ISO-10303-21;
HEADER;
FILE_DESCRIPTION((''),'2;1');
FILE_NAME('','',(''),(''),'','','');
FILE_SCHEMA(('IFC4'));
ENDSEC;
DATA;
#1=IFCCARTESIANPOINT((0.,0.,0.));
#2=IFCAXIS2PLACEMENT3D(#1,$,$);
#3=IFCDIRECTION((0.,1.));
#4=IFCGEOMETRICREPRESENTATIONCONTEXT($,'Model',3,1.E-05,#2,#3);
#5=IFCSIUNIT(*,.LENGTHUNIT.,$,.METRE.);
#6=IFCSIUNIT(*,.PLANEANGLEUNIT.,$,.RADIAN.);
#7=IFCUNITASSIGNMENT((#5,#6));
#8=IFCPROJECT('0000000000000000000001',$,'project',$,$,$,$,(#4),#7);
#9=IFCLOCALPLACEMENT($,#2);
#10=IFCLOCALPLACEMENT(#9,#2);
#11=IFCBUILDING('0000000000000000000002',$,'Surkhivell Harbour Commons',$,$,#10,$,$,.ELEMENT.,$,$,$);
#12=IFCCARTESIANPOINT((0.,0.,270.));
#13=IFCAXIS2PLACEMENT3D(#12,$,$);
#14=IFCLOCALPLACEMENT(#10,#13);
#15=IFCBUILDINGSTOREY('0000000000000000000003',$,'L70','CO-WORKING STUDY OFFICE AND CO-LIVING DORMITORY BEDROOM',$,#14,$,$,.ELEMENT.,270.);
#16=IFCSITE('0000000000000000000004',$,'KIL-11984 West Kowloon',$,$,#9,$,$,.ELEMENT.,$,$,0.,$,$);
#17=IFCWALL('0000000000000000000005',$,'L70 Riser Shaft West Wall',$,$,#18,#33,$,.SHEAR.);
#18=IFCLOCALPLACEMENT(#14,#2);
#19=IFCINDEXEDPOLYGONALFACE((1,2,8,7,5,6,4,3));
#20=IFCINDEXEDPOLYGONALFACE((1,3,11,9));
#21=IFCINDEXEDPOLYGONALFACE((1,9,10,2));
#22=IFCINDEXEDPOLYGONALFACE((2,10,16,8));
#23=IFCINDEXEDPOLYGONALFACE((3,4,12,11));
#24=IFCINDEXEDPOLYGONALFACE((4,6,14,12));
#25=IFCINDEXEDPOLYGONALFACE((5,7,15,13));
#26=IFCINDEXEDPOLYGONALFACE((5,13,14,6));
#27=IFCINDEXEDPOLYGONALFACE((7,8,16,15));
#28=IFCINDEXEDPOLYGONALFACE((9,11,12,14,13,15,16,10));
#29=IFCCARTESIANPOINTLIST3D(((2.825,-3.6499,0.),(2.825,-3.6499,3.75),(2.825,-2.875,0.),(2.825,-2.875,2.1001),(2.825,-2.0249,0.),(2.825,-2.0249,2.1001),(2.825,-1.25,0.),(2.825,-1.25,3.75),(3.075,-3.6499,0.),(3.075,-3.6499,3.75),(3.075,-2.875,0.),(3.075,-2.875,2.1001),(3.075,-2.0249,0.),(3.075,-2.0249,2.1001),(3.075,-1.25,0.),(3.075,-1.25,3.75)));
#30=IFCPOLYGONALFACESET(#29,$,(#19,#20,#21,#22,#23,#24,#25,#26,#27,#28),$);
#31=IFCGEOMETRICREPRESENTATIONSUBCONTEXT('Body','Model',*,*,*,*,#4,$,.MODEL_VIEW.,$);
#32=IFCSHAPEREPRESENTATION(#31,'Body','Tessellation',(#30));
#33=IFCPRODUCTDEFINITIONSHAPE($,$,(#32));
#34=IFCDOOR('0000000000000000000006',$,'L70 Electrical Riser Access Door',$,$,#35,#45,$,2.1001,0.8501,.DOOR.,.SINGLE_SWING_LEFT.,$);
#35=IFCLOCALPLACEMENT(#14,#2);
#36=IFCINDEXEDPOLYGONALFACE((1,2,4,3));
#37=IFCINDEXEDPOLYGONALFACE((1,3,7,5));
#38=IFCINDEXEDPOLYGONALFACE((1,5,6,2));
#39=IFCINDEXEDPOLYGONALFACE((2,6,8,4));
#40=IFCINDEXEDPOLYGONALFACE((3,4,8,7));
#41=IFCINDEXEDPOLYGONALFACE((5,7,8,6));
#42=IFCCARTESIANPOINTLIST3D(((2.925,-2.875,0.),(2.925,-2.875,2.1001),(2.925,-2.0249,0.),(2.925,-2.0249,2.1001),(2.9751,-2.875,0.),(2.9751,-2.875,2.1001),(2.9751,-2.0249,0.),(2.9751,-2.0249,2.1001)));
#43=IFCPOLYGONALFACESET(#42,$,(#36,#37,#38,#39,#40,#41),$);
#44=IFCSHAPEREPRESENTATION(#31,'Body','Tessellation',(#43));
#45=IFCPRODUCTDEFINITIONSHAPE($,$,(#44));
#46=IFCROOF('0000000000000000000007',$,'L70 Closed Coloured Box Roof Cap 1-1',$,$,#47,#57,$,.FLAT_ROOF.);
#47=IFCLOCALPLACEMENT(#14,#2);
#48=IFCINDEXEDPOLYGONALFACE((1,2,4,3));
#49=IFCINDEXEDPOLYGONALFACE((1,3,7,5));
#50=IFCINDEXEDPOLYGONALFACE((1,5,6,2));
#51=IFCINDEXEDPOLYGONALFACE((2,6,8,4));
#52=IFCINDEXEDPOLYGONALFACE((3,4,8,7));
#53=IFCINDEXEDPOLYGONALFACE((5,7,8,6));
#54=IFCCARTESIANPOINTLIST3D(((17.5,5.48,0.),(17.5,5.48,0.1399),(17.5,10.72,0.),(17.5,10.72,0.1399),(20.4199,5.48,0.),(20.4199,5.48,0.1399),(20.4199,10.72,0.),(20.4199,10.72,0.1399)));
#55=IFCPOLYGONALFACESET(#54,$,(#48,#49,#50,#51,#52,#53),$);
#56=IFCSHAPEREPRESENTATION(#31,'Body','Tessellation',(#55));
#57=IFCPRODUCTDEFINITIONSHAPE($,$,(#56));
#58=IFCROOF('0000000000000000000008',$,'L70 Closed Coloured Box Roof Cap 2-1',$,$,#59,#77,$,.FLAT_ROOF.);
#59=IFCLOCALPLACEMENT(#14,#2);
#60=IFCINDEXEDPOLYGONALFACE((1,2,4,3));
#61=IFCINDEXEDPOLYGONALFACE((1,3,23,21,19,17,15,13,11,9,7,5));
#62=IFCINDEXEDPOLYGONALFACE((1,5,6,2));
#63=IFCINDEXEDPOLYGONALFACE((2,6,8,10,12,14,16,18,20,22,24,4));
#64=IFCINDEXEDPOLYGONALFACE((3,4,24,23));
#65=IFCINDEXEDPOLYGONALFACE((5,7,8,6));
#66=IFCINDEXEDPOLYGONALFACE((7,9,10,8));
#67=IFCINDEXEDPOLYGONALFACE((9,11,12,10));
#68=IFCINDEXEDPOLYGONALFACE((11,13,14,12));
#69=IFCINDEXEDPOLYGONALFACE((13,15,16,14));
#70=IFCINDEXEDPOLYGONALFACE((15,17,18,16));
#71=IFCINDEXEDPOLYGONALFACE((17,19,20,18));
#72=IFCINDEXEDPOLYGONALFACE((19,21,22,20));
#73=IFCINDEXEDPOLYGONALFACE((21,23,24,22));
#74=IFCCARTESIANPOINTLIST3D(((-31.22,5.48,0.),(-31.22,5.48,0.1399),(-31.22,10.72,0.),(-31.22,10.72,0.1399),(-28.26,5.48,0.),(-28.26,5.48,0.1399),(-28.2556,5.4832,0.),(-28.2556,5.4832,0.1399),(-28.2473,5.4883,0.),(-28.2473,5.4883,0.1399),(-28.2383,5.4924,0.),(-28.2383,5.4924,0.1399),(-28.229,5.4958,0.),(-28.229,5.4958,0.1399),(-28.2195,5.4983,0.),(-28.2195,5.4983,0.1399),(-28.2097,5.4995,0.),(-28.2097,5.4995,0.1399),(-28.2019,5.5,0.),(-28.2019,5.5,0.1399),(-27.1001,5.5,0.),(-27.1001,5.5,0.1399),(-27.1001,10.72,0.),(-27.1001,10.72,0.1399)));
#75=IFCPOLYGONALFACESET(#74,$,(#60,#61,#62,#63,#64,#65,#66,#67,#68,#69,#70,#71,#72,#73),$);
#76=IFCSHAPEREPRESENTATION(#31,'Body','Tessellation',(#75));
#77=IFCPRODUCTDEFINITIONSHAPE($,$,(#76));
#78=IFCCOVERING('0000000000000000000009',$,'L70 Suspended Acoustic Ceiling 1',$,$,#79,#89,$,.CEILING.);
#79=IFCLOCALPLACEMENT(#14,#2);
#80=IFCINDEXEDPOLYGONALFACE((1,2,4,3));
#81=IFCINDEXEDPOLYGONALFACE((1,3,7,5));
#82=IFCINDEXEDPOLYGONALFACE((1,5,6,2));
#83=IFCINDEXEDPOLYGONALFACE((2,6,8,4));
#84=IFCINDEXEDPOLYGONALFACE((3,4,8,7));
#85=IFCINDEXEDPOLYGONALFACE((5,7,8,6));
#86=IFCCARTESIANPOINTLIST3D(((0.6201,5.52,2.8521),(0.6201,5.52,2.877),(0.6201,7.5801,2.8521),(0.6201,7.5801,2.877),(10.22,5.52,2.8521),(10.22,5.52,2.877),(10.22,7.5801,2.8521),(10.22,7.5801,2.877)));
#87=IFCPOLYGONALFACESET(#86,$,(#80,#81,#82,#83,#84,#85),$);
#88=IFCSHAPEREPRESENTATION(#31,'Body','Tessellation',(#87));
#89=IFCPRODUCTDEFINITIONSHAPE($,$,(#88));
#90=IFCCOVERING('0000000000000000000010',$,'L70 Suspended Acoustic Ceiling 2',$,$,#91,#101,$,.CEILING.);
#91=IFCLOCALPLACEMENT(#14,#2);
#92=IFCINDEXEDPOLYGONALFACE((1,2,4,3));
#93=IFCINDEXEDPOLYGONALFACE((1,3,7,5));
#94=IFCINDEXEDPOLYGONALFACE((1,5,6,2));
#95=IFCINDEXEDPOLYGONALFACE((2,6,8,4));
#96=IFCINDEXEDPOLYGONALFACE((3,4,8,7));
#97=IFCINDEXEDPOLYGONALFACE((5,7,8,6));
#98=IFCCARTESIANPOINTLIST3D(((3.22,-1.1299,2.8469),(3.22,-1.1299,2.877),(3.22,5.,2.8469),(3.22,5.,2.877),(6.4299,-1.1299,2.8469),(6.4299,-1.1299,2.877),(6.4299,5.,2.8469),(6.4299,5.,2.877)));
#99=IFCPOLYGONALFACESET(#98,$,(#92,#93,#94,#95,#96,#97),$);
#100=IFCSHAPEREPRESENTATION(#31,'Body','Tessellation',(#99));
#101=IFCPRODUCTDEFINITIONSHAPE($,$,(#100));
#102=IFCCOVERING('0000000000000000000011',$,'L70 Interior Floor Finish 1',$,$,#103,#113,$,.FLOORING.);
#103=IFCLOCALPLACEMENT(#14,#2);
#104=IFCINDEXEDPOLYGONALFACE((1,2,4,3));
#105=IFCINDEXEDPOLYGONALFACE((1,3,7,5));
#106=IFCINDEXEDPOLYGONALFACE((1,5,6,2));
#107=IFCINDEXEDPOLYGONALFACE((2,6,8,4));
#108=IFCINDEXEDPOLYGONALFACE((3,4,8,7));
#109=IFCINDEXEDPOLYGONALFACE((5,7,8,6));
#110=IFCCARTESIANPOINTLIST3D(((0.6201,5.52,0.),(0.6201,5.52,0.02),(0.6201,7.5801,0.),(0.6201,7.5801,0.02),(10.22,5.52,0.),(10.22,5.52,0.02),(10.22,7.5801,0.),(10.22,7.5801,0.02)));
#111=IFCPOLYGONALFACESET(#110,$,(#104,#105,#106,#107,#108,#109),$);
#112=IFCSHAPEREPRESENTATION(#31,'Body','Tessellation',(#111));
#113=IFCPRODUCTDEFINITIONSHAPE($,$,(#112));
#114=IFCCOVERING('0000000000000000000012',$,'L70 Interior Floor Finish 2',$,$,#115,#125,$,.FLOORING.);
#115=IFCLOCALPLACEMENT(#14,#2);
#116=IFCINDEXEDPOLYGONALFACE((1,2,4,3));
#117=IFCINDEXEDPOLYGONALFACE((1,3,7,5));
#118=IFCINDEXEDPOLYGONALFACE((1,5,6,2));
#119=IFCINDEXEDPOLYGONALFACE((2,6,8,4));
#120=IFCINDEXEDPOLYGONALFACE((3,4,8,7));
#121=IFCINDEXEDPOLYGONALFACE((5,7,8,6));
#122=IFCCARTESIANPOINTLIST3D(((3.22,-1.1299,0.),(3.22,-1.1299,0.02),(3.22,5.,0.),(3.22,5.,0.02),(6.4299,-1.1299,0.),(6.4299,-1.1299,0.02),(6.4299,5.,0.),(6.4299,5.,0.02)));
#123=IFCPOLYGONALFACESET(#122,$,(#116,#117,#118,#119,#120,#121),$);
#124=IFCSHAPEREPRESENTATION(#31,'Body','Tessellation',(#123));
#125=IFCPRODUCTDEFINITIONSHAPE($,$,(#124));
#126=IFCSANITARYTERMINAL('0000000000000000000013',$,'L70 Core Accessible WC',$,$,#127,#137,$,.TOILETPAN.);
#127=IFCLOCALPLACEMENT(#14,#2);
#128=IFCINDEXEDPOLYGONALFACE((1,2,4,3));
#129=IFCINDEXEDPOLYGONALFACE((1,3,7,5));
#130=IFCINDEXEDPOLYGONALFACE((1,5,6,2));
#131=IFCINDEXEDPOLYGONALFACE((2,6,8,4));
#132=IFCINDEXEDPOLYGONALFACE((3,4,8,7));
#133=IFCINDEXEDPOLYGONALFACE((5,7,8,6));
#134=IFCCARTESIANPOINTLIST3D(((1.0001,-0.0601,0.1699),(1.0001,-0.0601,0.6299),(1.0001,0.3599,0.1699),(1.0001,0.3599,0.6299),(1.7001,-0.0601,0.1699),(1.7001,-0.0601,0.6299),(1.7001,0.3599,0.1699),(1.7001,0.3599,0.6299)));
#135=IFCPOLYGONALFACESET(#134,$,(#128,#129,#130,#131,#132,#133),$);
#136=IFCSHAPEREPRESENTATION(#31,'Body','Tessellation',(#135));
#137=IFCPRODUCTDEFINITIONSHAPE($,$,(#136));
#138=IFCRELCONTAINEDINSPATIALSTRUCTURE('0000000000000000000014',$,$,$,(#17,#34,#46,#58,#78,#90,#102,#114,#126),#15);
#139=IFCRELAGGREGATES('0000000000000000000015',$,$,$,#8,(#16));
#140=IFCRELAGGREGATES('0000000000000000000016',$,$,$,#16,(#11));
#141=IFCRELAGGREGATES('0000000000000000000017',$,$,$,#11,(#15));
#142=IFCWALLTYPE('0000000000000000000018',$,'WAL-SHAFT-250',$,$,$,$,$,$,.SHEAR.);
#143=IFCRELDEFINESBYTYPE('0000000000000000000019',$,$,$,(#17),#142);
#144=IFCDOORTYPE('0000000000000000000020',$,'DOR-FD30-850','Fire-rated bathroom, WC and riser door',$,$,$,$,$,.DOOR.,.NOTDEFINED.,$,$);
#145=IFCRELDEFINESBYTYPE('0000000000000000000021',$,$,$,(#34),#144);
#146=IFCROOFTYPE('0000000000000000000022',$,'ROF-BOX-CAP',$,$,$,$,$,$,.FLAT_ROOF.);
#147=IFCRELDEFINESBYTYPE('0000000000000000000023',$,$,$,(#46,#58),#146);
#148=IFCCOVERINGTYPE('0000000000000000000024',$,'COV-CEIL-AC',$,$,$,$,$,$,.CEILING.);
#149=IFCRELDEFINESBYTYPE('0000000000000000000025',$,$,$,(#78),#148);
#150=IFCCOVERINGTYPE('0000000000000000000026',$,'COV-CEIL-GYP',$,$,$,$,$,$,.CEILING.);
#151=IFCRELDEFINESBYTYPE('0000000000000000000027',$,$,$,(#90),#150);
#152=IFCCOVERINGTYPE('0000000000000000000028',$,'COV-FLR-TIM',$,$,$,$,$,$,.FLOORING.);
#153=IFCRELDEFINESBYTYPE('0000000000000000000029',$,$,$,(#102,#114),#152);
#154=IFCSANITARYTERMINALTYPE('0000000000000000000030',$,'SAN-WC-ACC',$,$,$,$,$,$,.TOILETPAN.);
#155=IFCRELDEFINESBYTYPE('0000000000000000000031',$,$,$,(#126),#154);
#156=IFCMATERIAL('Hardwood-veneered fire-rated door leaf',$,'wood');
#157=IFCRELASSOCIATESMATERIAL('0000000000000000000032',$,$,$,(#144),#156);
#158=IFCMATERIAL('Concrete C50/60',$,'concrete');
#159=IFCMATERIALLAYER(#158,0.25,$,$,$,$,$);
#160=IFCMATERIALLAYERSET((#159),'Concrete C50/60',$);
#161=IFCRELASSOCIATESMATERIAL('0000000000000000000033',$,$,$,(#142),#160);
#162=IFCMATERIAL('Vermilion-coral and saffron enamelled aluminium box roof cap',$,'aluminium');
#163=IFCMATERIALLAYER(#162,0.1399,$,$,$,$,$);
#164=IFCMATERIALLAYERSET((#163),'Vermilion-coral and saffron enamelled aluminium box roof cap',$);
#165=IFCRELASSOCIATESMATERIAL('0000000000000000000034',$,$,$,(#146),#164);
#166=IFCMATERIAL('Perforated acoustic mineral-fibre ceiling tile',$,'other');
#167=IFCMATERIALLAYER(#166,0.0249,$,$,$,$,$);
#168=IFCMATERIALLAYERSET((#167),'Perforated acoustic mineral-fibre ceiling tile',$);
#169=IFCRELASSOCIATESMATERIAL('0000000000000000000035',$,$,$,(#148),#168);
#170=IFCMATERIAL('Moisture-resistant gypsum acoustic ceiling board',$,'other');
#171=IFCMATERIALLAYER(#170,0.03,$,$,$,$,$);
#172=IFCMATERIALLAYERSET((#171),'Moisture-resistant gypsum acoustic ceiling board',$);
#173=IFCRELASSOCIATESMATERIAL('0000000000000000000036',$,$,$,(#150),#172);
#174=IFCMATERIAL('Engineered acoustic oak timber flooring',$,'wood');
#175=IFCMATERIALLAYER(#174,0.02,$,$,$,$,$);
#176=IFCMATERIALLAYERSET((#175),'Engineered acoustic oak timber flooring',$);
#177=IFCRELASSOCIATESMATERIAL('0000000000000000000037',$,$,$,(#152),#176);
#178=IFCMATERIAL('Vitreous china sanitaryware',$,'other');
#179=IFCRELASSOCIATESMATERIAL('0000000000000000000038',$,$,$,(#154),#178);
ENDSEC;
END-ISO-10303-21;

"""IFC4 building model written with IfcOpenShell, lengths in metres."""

from ifc_helpers import new_model, si_unit, direction, frame, frame_2d, origin, origin_2d, place, context, subcontext, project, spatial, polyline, rectangle, outline, extrude, material, layer, layer_set, type_object, element, fill, save


model = new_model("IFC4")

# Units and contexts
model_context = context("Model", 3, precision=1e-05, world=origin(), true_north=direction((0.0, 1.0)))
body_context = subcontext(model_context, "Body", "Model", "MODEL_VIEW")
ifc_project = project(units=[si_unit("LENGTHUNIT", "METRE"), si_unit("PLANEANGLEUNIT", "RADIAN")], contexts=[model_context])

# Site, building, storey
site_placement = place(None, origin())
site = spatial("IfcSite", under=ifc_project, at=site_placement, Name="KIL-11984 West Kowloon", CompositionType="ELEMENT", RefElevation=0.0)
building_placement = place(site_placement, origin())
building = spatial("IfcBuilding", under=site, at=building_placement, Name="Surkhivell Harbour Commons", CompositionType="ELEMENT")
storey_placement = place(building_placement, frame((0.0, 0.0, 270.0)))
storey = spatial("IfcBuildingStorey", under=building, at=storey_placement, Name="L70", Description="CO-WORKING STUDY OFFICE AND CO-LIVING DORMITORY BEDROOM", CompositionType="ELEMENT", Elevation=270.0)

# Shared definitions
ifc_material_1 = material(Name="Hardwood-veneered fire-rated door leaf", Category="wood")
door_type_1 = type_object("IfcDoorType", Name="DOR-FD30-850", Description="Fire-rated bathroom, WC and riser door", OperationType="NOTDEFINED", PredefinedType="DOOR", material=ifc_material_1)

# Shared definitions
ifc_material_2 = material(Name="Concrete C50/60", Category="concrete")
ifc_layer_1 = layer(ifc_material_2, 0.25)
ifc_layer_set_1 = layer_set([ifc_layer_1], Name="Concrete C50/60")
wall_type_1 = type_object("IfcWallType", Name="WAL-SHAFT-250", PredefinedType="SHEAR", material=ifc_layer_set_1)

# Wall, opening, door
wall_1_placement = place(storey_placement, frame((2.95, -3.6499, 0.0), z_axis=(0.0, 0.0, 1.0), x_axis=(0.0, 1.0, 0.0)))
wall_1 = element("IfcWall", 1, at=wall_1_placement, inside=storey, type_object=wall_type_1, Name="L70 Riser Shaft West Wall", PredefinedType="SHEAR", context=body_context, shape_type="SweptSolid", body=[
    extrude(rectangle(XDim=2.3999, YDim=0.25, at=frame_2d((1.2, 0.0))), origin(), (0.0, 0.0, 1.0), 3.75),
])
opening_1_placement = place(wall_1_placement, frame((0.7749, 0.0, 0.0)))
opening_1 = element("IfcOpeningElement", 2, at=opening_1_placement, cuts=wall_1, PredefinedType="OPENING", context=body_context, shape_type="SweptSolid", body=[
    extrude(rectangle(XDim=0.8501, YDim=2.1001, at=frame_2d((0.425, 1.05))), frame((0.0, 0.135, 0.0), z_axis=(0.0, -1.0, 0.0), x_axis=(1.0, 0.0, 0.0)), (0.0, 0.0, 1.0), 0.27),
])
door_1_placement = place(opening_1_placement, origin())
door_1 = element("IfcDoor", 3, at=door_1_placement, inside=storey, type_object=door_type_1, Name="L70 Electrical Riser Access Door", OperationType="SINGLE_SWING_LEFT", OverallHeight=2.1001, OverallWidth=0.8501, PredefinedType="DOOR", context=body_context, shape_type="SweptSolid", body=[
    extrude(rectangle(XDim=0.8501, YDim=2.1001, at=frame_2d((0.425, 1.05))), frame((0.0, 0.0249, 0.0), z_axis=(0.0, -1.0, 0.0), x_axis=(1.0, 0.0, 0.0)), (0.0, 0.0, 1.0), 0.05),
])
fill(opening_1, door_1)

# Roofs
ifc_material_3 = material(Name="Vermilion-coral and saffron enamelled aluminium box roof cap", Category="aluminium")
ifc_layer_2 = layer(ifc_material_3, 0.1399)
ifc_layer_set_2 = layer_set([ifc_layer_2], Name="Vermilion-coral and saffron enamelled aluminium box roof cap")
roof_type = type_object("IfcRoofType", Name="ROF-BOX-CAP", PredefinedType="FLAT_ROOF", material=ifc_layer_set_2)
roof_1_placement = place(storey_placement, origin())
element("IfcRoof", 4, at=roof_1_placement, inside=storey, type_object=roof_type, Name="L70 Closed Coloured Box Roof Cap 1-1", PredefinedType="FLAT_ROOF", context=body_context, shape_type="SweptSolid", body=[
    extrude(outline(polyline([(17.5, 10.72), (17.5, 5.48), (20.4199, 5.48), (20.4199, 10.72), (17.5, 10.72)])), origin(), (0.0, 0.0, 1.0), 0.1399),
])
roof_2_placement = place(storey_placement, origin())
element("IfcRoof", 5, at=roof_2_placement, inside=storey, type_object=roof_type, Name="L70 Closed Coloured Box Roof Cap 2-1", PredefinedType="FLAT_ROOF", context=body_context, shape_type="SweptSolid", body=[
    extrude(outline(polyline([(-28.26, 5.48), (-28.2556, 5.4832), (-28.2473, 5.4883), (-28.2383, 5.4924), (-28.229, 5.4958), (-28.2195, 5.4983), (-28.2097, 5.4995), (-28.2019, 5.5), (-27.1001, 5.5), (-27.1001, 10.72), (-31.22, 10.72), (-31.22, 5.48), (-28.26, 5.48)])), origin(), (0.0, 0.0, 1.0), 0.1399),
])

# Coverings
ifc_material_4 = material(Name="Perforated acoustic mineral-fibre ceiling tile", Category="other")
ifc_layer_3 = layer(ifc_material_4, 0.0249)
ifc_layer_set_3 = layer_set([ifc_layer_3], Name="Perforated acoustic mineral-fibre ceiling tile")
covering_type_1 = type_object("IfcCoveringType", Name="COV-CEIL-AC", PredefinedType="CEILING", material=ifc_layer_set_3)
covering_1_placement = place(storey_placement, frame((0.0, 0.0, 2.8521)))
element("IfcCovering", 6, at=covering_1_placement, inside=storey, type_object=covering_type_1, Name="L70 Suspended Acoustic Ceiling 1", PredefinedType="CEILING", context=body_context, shape_type="SweptSolid", body=[
    extrude(outline(polyline([(0.6201, 5.52), (10.22, 5.52), (10.22, 7.5801), (0.6201, 7.5801), (0.6201, 5.52)])), origin(), (0.0, 0.0, 1.0), 0.0249),
])
ifc_material_5 = material(Name="Moisture-resistant gypsum acoustic ceiling board", Category="other")
ifc_layer_4 = layer(ifc_material_5, 0.03)
ifc_layer_set_4 = layer_set([ifc_layer_4], Name="Moisture-resistant gypsum acoustic ceiling board")
covering_type_2 = type_object("IfcCoveringType", Name="COV-CEIL-GYP", PredefinedType="CEILING", material=ifc_layer_set_4)
covering_2_placement = place(storey_placement, frame((0.0, 0.0, 2.8469)))
element("IfcCovering", 7, at=covering_2_placement, inside=storey, type_object=covering_type_2, Name="L70 Suspended Acoustic Ceiling 2", PredefinedType="CEILING", context=body_context, shape_type="SweptSolid", body=[
    extrude(outline(polyline([(3.22, -1.1299), (6.4299, -1.1299), (6.4299, 5.0), (3.22, 5.0), (3.22, -1.1299)])), origin(), (0.0, 0.0, 1.0), 0.03),
])
ifc_material_6 = material(Name="Engineered acoustic oak timber flooring", Category="wood")
ifc_layer_5 = layer(ifc_material_6, 0.02)
ifc_layer_set_5 = layer_set([ifc_layer_5], Name="Engineered acoustic oak timber flooring")
covering_type_3 = type_object("IfcCoveringType", Name="COV-FLR-TIM", PredefinedType="FLOORING", material=ifc_layer_set_5)
covering_3_placement = place(storey_placement, origin())
element("IfcCovering", 8, at=covering_3_placement, inside=storey, type_object=covering_type_3, Name="L70 Interior Floor Finish 1", PredefinedType="FLOORING", context=body_context, shape_type="SweptSolid", body=[
    extrude(outline(polyline([(0.6201, 5.52), (10.22, 5.52), (10.22, 7.5801), (0.6201, 7.5801), (0.6201, 5.52)])), origin(), (0.0, 0.0, 1.0), 0.02),
])
covering_4_placement = place(storey_placement, origin())
element("IfcCovering", 9, at=covering_4_placement, inside=storey, type_object=covering_type_3, Name="L70 Interior Floor Finish 2", PredefinedType="FLOORING", context=body_context, shape_type="SweptSolid", body=[
    extrude(outline(polyline([(3.22, -1.1299), (6.4299, -1.1299), (6.4299, 5.0), (3.22, 5.0), (3.22, -1.1299)])), origin(), (0.0, 0.0, 1.0), 0.02),
])

# Sanitary terminal
ifc_material_7 = material(Name="Vitreous china sanitaryware", Category="other")
sanitary_terminal_type = type_object("IfcSanitaryTerminalType", Name="SAN-WC-ACC", PredefinedType="TOILETPAN", material=ifc_material_7)
sanitary_terminal_placement = place(storey_placement, frame((1.3501, 0.1499, 0.1699), z_axis=(0.0, 0.0, 1.0), x_axis=(1.0, 0.0, 0.0)))
element("IfcSanitaryTerminal", 10, at=sanitary_terminal_placement, inside=storey, type_object=sanitary_terminal_type, Name="L70 Core Accessible WC", PredefinedType="TOILETPAN", context=body_context, shape_type="SweptSolid", body=[
    extrude(rectangle(XDim=0.7, YDim=0.4199, at=origin_2d()), origin(), (0.0, 0.0, 1.0), 0.46),
])

save(model, "model.ifc")
